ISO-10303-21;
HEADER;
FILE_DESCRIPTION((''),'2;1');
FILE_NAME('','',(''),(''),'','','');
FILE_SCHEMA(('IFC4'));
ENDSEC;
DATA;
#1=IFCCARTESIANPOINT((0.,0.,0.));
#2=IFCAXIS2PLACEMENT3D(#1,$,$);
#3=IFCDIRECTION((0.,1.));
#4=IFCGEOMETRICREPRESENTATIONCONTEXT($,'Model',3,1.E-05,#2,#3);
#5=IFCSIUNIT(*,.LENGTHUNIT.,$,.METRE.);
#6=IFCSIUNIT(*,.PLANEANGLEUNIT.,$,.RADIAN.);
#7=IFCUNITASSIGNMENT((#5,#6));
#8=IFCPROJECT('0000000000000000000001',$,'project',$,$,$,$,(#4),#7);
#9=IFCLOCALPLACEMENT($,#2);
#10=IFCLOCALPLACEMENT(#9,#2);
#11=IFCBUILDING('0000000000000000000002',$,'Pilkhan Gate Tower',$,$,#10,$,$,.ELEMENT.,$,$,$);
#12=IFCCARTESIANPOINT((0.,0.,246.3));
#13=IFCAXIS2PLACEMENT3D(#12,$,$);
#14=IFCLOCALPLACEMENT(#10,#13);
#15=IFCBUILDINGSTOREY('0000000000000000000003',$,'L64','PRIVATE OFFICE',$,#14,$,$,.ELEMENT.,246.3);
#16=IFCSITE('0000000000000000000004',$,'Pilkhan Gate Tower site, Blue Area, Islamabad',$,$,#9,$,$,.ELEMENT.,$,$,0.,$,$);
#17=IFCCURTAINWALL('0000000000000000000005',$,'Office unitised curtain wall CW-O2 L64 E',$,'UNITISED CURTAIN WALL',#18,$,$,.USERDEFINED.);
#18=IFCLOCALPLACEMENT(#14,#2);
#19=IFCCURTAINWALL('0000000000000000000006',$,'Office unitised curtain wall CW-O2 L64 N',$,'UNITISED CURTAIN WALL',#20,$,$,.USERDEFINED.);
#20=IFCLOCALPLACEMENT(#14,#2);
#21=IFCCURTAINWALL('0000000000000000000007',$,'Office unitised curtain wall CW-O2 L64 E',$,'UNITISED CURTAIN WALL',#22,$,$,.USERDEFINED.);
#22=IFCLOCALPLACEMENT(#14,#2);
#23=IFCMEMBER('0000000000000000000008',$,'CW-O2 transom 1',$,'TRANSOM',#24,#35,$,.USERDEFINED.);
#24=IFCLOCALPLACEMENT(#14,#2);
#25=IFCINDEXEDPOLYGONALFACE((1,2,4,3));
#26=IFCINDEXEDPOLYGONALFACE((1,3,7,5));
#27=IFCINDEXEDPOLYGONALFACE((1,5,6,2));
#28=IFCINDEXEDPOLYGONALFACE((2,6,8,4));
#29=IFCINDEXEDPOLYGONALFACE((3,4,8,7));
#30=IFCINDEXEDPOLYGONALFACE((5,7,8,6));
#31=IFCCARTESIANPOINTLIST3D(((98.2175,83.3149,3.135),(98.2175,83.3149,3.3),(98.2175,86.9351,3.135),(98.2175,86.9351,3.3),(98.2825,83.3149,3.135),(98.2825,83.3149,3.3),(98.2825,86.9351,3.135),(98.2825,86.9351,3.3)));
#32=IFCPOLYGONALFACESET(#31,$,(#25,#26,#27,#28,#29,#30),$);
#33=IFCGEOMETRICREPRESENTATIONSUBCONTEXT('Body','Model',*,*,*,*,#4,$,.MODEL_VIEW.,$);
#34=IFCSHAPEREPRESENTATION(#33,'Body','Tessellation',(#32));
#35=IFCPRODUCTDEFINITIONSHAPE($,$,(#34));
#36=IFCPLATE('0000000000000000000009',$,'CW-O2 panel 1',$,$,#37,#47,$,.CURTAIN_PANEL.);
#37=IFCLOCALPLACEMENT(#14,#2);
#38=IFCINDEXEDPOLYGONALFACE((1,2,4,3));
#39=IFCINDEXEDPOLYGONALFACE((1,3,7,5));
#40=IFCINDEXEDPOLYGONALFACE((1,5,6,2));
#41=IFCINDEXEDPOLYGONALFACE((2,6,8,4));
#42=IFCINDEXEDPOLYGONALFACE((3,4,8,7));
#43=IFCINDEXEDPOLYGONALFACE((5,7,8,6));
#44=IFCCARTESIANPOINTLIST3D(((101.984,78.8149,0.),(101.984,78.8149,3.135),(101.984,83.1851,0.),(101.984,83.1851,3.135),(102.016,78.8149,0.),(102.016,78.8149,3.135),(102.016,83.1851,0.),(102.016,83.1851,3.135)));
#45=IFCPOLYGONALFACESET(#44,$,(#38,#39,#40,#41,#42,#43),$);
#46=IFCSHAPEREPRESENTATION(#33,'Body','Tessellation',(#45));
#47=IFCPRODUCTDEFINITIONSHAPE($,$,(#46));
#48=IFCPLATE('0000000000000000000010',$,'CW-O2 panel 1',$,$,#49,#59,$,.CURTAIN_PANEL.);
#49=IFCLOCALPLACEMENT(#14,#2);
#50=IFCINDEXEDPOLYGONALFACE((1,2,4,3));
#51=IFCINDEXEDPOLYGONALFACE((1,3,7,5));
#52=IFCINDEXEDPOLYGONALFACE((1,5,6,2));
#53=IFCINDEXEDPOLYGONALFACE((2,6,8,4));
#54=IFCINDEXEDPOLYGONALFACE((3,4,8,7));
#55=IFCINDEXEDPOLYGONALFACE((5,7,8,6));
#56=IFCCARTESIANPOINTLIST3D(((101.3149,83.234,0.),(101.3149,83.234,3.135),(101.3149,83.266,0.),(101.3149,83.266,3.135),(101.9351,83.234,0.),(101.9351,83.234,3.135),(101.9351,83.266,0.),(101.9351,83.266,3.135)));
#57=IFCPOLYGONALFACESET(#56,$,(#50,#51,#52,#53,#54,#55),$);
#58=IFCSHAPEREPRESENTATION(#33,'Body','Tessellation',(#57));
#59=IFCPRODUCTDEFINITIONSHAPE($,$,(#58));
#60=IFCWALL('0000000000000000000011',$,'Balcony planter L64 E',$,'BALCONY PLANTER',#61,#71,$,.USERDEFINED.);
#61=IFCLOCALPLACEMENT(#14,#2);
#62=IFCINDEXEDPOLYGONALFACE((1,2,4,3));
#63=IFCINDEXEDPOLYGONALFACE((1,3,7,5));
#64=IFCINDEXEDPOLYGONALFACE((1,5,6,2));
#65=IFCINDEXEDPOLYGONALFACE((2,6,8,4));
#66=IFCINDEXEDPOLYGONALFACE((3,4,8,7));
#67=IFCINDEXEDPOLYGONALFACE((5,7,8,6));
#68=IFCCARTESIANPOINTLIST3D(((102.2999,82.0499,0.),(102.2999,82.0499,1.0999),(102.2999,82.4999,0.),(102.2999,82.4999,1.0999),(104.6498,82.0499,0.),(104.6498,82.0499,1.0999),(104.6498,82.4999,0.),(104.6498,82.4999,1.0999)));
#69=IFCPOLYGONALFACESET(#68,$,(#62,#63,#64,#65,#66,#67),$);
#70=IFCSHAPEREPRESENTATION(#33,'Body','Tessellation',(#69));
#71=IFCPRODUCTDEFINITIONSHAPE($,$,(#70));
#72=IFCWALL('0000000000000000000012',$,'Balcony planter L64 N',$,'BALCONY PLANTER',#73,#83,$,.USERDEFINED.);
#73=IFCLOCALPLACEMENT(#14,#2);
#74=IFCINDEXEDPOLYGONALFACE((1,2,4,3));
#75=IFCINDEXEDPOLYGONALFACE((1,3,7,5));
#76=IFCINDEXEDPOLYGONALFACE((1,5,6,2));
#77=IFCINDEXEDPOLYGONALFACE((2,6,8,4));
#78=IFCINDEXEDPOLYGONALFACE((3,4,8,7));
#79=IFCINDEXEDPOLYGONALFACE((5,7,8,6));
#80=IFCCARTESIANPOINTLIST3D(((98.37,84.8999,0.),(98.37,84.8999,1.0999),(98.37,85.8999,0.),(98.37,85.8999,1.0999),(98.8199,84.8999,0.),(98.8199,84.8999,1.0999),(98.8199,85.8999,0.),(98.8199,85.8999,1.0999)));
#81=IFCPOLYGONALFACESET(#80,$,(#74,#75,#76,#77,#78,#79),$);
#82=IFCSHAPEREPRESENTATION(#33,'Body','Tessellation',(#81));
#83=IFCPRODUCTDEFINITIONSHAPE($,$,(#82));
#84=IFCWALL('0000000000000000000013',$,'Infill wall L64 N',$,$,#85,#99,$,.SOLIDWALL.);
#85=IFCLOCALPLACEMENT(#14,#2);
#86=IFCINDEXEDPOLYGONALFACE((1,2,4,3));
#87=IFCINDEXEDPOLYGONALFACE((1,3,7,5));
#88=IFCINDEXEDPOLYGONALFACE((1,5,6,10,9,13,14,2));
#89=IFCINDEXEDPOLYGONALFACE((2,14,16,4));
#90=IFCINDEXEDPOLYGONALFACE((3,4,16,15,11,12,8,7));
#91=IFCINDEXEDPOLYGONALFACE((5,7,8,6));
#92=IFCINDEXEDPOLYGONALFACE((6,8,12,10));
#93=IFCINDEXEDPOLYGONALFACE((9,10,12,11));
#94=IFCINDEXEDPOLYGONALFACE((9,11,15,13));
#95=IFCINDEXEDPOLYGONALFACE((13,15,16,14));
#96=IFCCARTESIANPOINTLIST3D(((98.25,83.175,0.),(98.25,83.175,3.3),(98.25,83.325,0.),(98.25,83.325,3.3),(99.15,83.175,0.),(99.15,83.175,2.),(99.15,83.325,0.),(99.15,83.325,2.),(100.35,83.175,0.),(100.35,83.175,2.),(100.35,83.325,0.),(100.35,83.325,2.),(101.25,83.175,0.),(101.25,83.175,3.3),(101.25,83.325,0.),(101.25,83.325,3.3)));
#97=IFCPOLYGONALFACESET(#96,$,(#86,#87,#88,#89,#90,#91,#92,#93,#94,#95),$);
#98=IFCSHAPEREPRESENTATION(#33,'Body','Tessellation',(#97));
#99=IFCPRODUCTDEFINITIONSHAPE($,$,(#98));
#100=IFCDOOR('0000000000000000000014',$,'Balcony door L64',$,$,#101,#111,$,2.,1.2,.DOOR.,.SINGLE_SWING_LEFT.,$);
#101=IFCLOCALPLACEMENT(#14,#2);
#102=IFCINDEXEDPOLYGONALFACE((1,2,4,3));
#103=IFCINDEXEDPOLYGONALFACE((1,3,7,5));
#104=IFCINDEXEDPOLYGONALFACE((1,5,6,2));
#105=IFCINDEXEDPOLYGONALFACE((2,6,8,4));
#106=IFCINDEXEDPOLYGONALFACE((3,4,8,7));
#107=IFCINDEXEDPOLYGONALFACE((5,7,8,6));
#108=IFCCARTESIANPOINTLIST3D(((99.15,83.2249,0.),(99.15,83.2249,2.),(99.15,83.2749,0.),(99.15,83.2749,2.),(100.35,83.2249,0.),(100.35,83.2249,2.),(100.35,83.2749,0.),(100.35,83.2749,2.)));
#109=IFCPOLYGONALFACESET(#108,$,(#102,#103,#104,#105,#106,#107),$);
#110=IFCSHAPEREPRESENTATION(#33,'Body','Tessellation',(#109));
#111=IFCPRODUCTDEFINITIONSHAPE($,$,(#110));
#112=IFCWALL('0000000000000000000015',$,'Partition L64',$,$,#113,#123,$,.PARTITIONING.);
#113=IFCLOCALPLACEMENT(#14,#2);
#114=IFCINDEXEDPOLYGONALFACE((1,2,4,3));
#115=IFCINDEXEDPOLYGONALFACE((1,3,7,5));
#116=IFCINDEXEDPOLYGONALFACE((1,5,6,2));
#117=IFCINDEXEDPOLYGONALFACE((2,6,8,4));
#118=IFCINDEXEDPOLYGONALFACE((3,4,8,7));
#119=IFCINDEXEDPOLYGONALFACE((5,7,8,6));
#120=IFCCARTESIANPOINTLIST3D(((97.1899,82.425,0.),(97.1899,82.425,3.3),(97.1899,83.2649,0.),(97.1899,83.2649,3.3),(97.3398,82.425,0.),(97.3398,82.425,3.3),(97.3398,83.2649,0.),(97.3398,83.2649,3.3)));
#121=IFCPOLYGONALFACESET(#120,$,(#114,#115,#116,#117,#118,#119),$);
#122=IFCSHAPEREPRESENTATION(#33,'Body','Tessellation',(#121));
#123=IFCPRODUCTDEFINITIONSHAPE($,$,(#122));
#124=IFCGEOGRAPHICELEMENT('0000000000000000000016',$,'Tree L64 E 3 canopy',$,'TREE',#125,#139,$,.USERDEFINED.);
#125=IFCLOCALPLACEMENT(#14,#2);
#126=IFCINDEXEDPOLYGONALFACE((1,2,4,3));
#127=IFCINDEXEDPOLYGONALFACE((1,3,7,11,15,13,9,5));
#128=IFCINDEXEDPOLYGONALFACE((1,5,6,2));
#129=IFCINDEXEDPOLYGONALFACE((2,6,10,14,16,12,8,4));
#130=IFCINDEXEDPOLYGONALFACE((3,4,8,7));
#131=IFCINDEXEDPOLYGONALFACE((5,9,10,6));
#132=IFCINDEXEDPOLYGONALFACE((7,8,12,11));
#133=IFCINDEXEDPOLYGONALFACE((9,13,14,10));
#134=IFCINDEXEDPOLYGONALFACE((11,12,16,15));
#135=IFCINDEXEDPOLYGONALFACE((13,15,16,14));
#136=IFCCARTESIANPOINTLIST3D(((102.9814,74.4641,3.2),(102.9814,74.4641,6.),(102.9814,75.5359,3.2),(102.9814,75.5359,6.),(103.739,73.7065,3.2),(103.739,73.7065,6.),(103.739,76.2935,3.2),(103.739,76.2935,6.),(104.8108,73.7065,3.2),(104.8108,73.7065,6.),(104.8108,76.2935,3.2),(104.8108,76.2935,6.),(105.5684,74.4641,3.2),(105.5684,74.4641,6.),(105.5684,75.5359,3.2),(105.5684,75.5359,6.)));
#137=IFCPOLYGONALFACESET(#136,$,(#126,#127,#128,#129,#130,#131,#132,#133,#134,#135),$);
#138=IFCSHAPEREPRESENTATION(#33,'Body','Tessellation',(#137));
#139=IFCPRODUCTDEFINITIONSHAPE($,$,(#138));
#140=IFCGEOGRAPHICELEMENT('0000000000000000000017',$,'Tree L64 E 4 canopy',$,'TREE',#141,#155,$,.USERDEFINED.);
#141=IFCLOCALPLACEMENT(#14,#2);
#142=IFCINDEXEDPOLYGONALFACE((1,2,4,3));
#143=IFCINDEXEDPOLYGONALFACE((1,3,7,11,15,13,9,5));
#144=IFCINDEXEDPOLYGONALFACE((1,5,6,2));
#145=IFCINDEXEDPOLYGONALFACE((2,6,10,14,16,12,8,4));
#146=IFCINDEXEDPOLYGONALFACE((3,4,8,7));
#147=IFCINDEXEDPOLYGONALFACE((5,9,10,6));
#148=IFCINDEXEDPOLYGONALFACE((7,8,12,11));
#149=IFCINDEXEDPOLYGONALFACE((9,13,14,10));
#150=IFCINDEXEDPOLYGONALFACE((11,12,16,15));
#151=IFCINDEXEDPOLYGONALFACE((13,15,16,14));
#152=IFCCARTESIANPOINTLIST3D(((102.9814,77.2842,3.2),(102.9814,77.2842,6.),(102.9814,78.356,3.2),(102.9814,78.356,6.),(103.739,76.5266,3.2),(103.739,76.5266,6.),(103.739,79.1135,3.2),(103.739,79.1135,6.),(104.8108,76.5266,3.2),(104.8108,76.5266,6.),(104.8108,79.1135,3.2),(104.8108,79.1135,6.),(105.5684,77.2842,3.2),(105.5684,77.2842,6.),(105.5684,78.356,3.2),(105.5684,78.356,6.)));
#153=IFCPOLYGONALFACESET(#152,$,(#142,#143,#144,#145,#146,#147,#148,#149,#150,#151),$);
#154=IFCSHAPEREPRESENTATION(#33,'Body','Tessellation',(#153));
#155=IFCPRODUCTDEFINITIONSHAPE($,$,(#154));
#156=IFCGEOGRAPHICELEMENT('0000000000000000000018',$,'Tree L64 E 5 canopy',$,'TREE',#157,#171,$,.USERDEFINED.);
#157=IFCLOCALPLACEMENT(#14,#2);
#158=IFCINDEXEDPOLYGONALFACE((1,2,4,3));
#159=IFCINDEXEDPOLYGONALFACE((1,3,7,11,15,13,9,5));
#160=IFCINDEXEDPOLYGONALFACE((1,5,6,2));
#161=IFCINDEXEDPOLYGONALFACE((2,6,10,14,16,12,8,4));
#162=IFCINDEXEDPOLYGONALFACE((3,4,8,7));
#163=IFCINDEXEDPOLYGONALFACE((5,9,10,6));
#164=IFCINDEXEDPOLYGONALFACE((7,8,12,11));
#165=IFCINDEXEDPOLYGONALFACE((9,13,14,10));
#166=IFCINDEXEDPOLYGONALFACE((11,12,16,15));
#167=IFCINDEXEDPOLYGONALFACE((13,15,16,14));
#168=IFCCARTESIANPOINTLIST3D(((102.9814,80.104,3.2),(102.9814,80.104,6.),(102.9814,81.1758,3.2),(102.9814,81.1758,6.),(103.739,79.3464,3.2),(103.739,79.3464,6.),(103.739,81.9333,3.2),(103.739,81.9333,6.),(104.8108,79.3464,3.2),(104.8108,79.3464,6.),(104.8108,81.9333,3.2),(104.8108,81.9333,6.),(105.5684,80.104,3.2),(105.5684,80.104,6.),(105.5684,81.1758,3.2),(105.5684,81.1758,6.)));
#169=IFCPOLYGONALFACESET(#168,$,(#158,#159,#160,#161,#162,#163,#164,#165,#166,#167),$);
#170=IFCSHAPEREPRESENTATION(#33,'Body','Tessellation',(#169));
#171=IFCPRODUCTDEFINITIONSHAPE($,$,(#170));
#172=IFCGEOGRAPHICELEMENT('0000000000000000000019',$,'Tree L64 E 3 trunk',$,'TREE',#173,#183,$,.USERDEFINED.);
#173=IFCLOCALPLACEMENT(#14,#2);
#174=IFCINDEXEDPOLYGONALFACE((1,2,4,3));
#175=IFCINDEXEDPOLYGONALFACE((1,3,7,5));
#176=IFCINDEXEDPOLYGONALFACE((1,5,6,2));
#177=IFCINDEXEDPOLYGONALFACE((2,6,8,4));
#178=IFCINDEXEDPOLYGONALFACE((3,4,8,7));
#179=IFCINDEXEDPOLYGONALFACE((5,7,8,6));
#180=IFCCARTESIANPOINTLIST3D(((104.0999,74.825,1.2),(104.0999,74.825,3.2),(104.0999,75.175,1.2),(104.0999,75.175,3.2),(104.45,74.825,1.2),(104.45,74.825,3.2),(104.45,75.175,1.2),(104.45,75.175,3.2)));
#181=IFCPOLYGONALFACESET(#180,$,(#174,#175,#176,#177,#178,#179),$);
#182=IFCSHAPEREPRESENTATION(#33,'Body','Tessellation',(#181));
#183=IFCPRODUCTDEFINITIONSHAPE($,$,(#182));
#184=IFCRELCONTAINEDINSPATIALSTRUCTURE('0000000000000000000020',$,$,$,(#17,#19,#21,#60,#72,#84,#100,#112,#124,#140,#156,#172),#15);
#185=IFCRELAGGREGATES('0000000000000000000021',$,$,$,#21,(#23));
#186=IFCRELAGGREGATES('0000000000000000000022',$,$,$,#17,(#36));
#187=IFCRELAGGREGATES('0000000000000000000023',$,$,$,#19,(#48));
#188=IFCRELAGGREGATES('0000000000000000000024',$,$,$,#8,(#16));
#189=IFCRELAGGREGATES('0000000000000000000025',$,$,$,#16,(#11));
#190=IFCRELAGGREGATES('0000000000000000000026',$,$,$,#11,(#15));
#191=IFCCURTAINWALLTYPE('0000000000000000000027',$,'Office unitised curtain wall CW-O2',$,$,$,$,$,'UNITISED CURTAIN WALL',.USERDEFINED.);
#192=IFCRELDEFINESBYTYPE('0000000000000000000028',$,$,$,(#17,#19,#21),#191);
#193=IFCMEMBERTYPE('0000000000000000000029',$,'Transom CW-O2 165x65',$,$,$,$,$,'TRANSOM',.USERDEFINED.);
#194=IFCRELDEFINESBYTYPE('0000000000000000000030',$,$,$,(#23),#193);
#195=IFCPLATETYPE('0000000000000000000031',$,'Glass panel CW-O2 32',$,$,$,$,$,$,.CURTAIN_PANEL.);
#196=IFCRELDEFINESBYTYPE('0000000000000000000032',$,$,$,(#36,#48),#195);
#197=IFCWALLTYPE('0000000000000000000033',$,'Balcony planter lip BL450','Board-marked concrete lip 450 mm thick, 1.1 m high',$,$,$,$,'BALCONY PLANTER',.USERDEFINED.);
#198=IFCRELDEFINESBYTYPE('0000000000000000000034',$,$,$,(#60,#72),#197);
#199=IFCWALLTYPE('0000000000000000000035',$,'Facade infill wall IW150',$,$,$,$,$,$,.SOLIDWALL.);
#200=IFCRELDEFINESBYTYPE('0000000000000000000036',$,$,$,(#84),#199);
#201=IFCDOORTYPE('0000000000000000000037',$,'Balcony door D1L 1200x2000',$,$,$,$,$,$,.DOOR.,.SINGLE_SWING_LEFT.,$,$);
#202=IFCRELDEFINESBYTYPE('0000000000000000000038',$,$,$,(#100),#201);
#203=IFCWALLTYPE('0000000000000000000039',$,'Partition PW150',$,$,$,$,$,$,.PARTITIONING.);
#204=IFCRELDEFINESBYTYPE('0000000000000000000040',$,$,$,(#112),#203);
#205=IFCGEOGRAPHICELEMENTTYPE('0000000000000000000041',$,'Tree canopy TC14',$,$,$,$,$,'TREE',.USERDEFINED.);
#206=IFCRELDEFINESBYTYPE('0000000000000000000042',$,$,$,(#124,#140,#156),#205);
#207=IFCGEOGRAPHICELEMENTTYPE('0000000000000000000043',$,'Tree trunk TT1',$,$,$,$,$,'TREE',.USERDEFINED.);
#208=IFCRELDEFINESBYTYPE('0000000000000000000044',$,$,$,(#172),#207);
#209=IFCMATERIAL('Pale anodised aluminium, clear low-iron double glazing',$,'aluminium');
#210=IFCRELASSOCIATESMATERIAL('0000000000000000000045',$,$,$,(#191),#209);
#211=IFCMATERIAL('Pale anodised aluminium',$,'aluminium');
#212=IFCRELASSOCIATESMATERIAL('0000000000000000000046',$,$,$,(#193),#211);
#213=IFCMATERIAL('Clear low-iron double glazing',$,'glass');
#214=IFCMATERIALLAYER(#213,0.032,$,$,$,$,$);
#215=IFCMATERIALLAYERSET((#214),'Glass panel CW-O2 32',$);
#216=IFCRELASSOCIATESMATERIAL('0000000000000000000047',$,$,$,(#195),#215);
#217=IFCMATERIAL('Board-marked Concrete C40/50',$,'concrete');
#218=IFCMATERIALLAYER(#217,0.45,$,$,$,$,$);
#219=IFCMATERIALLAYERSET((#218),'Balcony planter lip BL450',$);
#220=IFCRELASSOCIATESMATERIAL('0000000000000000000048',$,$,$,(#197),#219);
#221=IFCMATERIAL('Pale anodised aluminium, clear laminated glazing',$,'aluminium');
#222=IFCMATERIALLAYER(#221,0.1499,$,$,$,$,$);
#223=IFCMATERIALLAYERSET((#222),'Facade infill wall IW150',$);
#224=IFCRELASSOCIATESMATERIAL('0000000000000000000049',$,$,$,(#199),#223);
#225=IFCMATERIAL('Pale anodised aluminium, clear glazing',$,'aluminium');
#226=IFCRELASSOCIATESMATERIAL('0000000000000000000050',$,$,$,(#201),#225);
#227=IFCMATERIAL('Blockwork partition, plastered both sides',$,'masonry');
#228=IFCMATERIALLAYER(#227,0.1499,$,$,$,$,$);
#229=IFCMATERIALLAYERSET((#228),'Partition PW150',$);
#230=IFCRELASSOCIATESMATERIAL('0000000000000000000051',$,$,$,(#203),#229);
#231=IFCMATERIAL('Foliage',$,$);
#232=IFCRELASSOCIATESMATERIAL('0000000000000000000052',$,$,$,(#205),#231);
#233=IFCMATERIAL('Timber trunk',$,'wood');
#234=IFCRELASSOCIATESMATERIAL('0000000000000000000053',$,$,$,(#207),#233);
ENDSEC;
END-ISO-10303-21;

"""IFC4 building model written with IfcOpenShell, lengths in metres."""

from ifc_helpers import new_model, si_unit, direction, frame, frame_2d, origin, origin_2d, place, context, subcontext, project, spatial, polyline, rectangle, outline, extrude, material, layer, layer_set, material_profile, profile_set, type_object, element, fill, aggregate, save


model = new_model("IFC4")

# Units and contexts
model_context = context("Model", 3, precision=1e-05, world=origin(), true_north=direction((0.0, 1.0)))
body_context = subcontext(model_context, "Body", "Model", "MODEL_VIEW")
ifc_project = project(units=[si_unit("LENGTHUNIT", "METRE"), si_unit("PLANEANGLEUNIT", "RADIAN")], contexts=[model_context])

# Site, building, storey
site_placement = place(None, origin())
site = spatial("IfcSite", under=ifc_project, at=site_placement, Name="Pilkhan Gate Tower site, Blue Area, Islamabad", CompositionType="ELEMENT", RefElevation=0.0)
building_placement = place(site_placement, origin())
building = spatial("IfcBuilding", under=site, at=building_placement, Name="Pilkhan Gate Tower", CompositionType="ELEMENT")
storey_placement = place(building_placement, frame((0.0, 0.0, 246.3)))
storey = spatial("IfcBuildingStorey", under=building, at=storey_placement, Name="L64", Description="PRIVATE OFFICE", CompositionType="ELEMENT", Elevation=246.3)

# Curtain walls
ifc_material_1 = material(Name="Pale anodised aluminium, clear low-iron double glazing", Category="aluminium")
curtain_wall_type = type_object("IfcCurtainWallType", Name="Office unitised curtain wall CW-O2", ElementType="UNITISED CURTAIN WALL", PredefinedType="USERDEFINED", material=ifc_material_1)
curtain_wall_1_placement = place(storey_placement, origin())
curtain_wall_1 = element("IfcCurtainWall", 1, at=curtain_wall_1_placement, inside=storey, type_object=curtain_wall_type, Name="Office unitised curtain wall CW-O2 L64 E", ObjectType="UNITISED CURTAIN WALL", PredefinedType="USERDEFINED")
ifc_material_2 = material(Name="Pale anodised aluminium", Category="aluminium")
curtain_wall_2_placement = place(storey_placement, origin())
curtain_wall_2 = element("IfcCurtainWall", 2, at=curtain_wall_2_placement, inside=storey, type_object=curtain_wall_type, Name="Office unitised curtain wall CW-O2 L64 N", ObjectType="UNITISED CURTAIN WALL", PredefinedType="USERDEFINED")

# Curtain wall
curtain_wall_3_placement = place(storey_placement, origin())
curtain_wall_3 = element("IfcCurtainWall", 3, at=curtain_wall_3_placement, inside=storey, type_object=curtain_wall_type, Name="Office unitised curtain wall CW-O2 L64 E", ObjectType="UNITISED CURTAIN WALL", PredefinedType="USERDEFINED")

# Member
ifc_material_profile_1 = material_profile(ifc_material_2, rectangle(XDim=0.0649, YDim=0.165, at=origin_2d()), Name="Transom 165x65")
ifc_profile_set_1 = profile_set([ifc_material_profile_1], Name="Pale anodised aluminium")
member_type_1 = type_object("IfcMemberType", Name="Transom CW-O2 165x65", ElementType="TRANSOM", PredefinedType="USERDEFINED", material=ifc_profile_set_1)
member_1_placement = place(storey_placement, frame((98.25, 83.3149, 3.2175), z_axis=(0.0, 1.0, 0.0), x_axis=(-1.0, 0.0, 0.0)))
member_1 = element("IfcMember", 4, at=member_1_placement, type_object=member_type_1, Name="CW-O2 transom 1", ObjectType="TRANSOM", PredefinedType="USERDEFINED", context=body_context, shape_type="SweptSolid", body=[
    extrude(rectangle(XDim=0.0649, YDim=0.165, at=origin_2d()), origin(), (0.0, 0.0, 1.0), 3.6201),
])
aggregate(curtain_wall_3, [member_1])

# Plates
ifc_material_3 = material(Name="Clear low-iron double glazing", Category="glass")
ifc_layer_1 = layer(ifc_material_3, 0.032)
ifc_layer_set_1 = layer_set([ifc_layer_1], Name="Glass panel CW-O2 32")
plate_type = type_object("IfcPlateType", Name="Glass panel CW-O2 32", PredefinedType="CURTAIN_PANEL", material=ifc_layer_set_1)
plate_1_placement = place(storey_placement, frame((102.0, 81.0, 0.0), z_axis=(0.0, 0.0, 1.0), x_axis=(0.0, 1.0, 0.0)))
plate_1 = element("IfcPlate", 5, at=plate_1_placement, type_object=plate_type, Name="CW-O2 panel 1", PredefinedType="CURTAIN_PANEL", context=body_context, shape_type="SweptSolid", body=[
    extrude(rectangle(XDim=4.3701, YDim=0.032, at=origin_2d()), origin(), (0.0, 0.0, 1.0), 3.135),
])
aggregate(curtain_wall_1, [plate_1])
plate_2_placement = place(storey_placement, frame((101.625, 83.25, 0.0), z_axis=(0.0, 0.0, 1.0), x_axis=(1.0, 0.0, 0.0)))
plate_2 = element("IfcPlate", 6, at=plate_2_placement, type_object=plate_type, Name="CW-O2 panel 1", PredefinedType="CURTAIN_PANEL", context=body_context, shape_type="SweptSolid", body=[
    extrude(rectangle(XDim=0.6201, YDim=0.032, at=origin_2d()), origin(), (0.0, 0.0, 1.0), 3.135),
])
aggregate(curtain_wall_2, [plate_2])

# Walls
ifc_material_4 = material(Name="Board-marked Concrete C40/50", Category="concrete")
ifc_layer_2 = layer(ifc_material_4, 0.45)
ifc_layer_set_2 = layer_set([ifc_layer_2], Name="Balcony planter lip BL450")
wall_type_1 = type_object("IfcWallType", Name="Balcony planter lip BL450", Description="Board-marked concrete lip 450 mm thick, 1.1 m high", ElementType="BALCONY PLANTER", PredefinedType="USERDEFINED", material=ifc_layer_set_2)
wall_1_placement = place(storey_placement, frame((102.3, 82.2749, 0.0), z_axis=(0.0, 0.0, 1.0), x_axis=(1.0, 0.0, 0.0)))
element("IfcWall", 7, at=wall_1_placement, inside=storey, type_object=wall_type_1, Name="Balcony planter L64 E", ObjectType="BALCONY PLANTER", PredefinedType="USERDEFINED", context=body_context, shape_type="SweptSolid", body=[
    extrude(rectangle(XDim=2.3499, YDim=0.45, at=frame_2d((1.1748, 0.0))), origin(), (0.0, 0.0, 1.0), 1.0999),
])
wall_2_placement = place(storey_placement, frame((98.595, 84.8999, 0.0), z_axis=(0.0, 0.0, 1.0), x_axis=(0.0, 1.0, 0.0)))
element("IfcWall", 8, at=wall_2_placement, inside=storey, type_object=wall_type_1, Name="Balcony planter L64 N", ObjectType="BALCONY PLANTER", PredefinedType="USERDEFINED", context=body_context, shape_type="SweptSolid", body=[
    extrude(rectangle(XDim=1.0, YDim=0.45, at=frame_2d((0.5, 0.0))), origin(), (0.0, 0.0, 1.0), 1.0999),
])

# Wall, opening, door
ifc_material_5 = material(Name="Pale anodised aluminium, clear laminated glazing", Category="aluminium")
ifc_layer_3 = layer(ifc_material_5, 0.1499)
ifc_layer_set_3 = layer_set([ifc_layer_3], Name="Facade infill wall IW150")
wall_type_2 = type_object("IfcWallType", Name="Facade infill wall IW150", PredefinedType="SOLIDWALL", material=ifc_layer_set_3)
ifc_material_6 = material(Name="Pale anodised aluminium, clear glazing", Category="aluminium")
wall_3_placement = place(storey_placement, frame((98.25, 83.25, 0.0), z_axis=(0.0, 0.0, 1.0), x_axis=(1.0, 0.0, 0.0)))
wall_3 = element("IfcWall", 9, at=wall_3_placement, inside=storey, type_object=wall_type_2, Name="Infill wall L64 N", PredefinedType="SOLIDWALL", context=body_context, shape_type="SweptSolid", body=[
    extrude(rectangle(XDim=3.0, YDim=0.1499, at=frame_2d((1.5, 0.0))), origin(), (0.0, 0.0, 1.0), 3.3),
])
opening_1_placement = place(wall_3_placement, frame((0.8999, 0.0, 0.0)))
opening_1 = element("IfcOpeningElement", 10, at=opening_1_placement, cuts=wall_3, PredefinedType="OPENING", context=body_context, shape_type="SweptSolid", body=[
    extrude(rectangle(XDim=1.2, YDim=2.0, at=frame_2d((0.6001, 1.0))), frame((0.0, 0.085, 0.0), z_axis=(0.0, -1.0, 0.0), x_axis=(1.0, 0.0, 0.0)), (0.0, 0.0, 1.0), 0.1699),
])
door_type_1 = type_object("IfcDoorType", Name="Balcony door D1L 1200x2000", OperationType="SINGLE_SWING_LEFT", PredefinedType="DOOR", material=ifc_material_6)
door_1_placement = place(opening_1_placement, origin())
door_1 = element("IfcDoor", 11, at=door_1_placement, inside=storey, type_object=door_type_1, Name="Balcony door L64", OperationType="SINGLE_SWING_LEFT", OverallHeight=2.0, OverallWidth=1.2, PredefinedType="DOOR", context=body_context, shape_type="SweptSolid", body=[
    extrude(rectangle(XDim=1.2, YDim=2.0, at=frame_2d((0.6001, 1.0))), frame((0.0, 0.0249, 0.0), z_axis=(0.0, -1.0, 0.0), x_axis=(1.0, 0.0, 0.0)), (0.0, 0.0, 1.0), 0.05),
])
fill(opening_1, door_1)

# Wall
ifc_material_7 = material(Name="Blockwork partition, plastered both sides", Category="masonry")
ifc_layer_4 = layer(ifc_material_7, 0.1499)
ifc_layer_set_4 = layer_set([ifc_layer_4], Name="Partition PW150")
wall_type_3 = type_object("IfcWallType", Name="Partition PW150", PredefinedType="PARTITIONING", material=ifc_layer_set_4)
wall_4_placement = place(storey_placement, frame((97.2649, 82.425, 0.0), z_axis=(0.0, 0.0, 1.0), x_axis=(0.0, 1.0, 0.0)))
element("IfcWall", 12, at=wall_4_placement, inside=storey, type_object=wall_type_3, Name="Partition L64", PredefinedType="PARTITIONING", context=body_context, shape_type="SweptSolid", body=[
    extrude(rectangle(XDim=0.8398, YDim=0.1499, at=frame_2d((0.4199, 0.0))), origin(), (0.0, 0.0, 1.0), 3.3),
])

# Geographic elements
ifc_material_8 = material(Name="Foliage")
ifc_material_profile_2 = material_profile(ifc_material_8, outline(polyline([(1.2935, 0.5359), (0.5359, 1.2935), (-0.5359, 1.2935), (-1.2935, 0.5359), (-1.2935, -0.5359), (-0.5359, -1.2935), (0.5359, -1.2935), (1.2935, -0.5359), (1.2935, 0.5359)])), Name="Canopy D2.8")
ifc_profile_set_2 = profile_set([ifc_material_profile_2], Name="Foliage")
geographic_element_type_1 = type_object("IfcGeographicElementType", Name="Tree canopy TC14", ElementType="TREE", PredefinedType="USERDEFINED", material=ifc_profile_set_2)
for number, where, z_axis, x_axis, name in (
    (13, (104.2749, 75.0, 3.2), (0.0, 0.0, 1.0), (1.0, 0.0, 0.0), "Tree L64 E 3 canopy"),
    (14, (104.2749, 77.8201, 3.2), (0.0, 0.0, 1.0), (1.0, 0.0, 0.0), "Tree L64 E 4 canopy"),
    (15, (104.2749, 80.6399, 3.2), (0.0, 0.0, 1.0), (1.0, 0.0, 0.0), "Tree L64 E 5 canopy"),
):
    element("IfcGeographicElement", number, at=place(storey_placement, frame(where, z_axis=z_axis, x_axis=x_axis)), inside=storey, type_object=geographic_element_type_1, Name=name, ObjectType="TREE", PredefinedType="USERDEFINED", context=body_context, shape_type="SweptSolid", body=[
        extrude(outline(polyline([(1.2935, 0.5359), (0.5359, 1.2935), (-0.5359, 1.2935), (-1.2935, 0.5359), (-1.2935, -0.5359), (-0.5359, -1.2935), (0.5359, -1.2935), (1.2935, -0.5359), (1.2935, 0.5359)])), origin(), (0.0, 0.0, 1.0), 2.8),
    ])
ifc_material_9 = material(Name="Timber trunk", Category="wood")
geographic_element_type_2 = type_object("IfcGeographicElementType", Name="Tree trunk TT1", ElementType="TREE", PredefinedType="USERDEFINED", material=ifc_material_9)
for number, where, z_axis, x_axis, name in (
    (16, (104.2749, 75.0, 1.2), (0.0, 0.0, 1.0), (1.0, 0.0, 0.0), "Tree L64 E 3 trunk"),
):
    element("IfcGeographicElement", number, at=place(storey_placement, frame(where, z_axis=z_axis, x_axis=x_axis)), inside=storey, type_object=geographic_element_type_2, Name=name, ObjectType="TREE", PredefinedType="USERDEFINED", context=body_context, shape_type="SweptSolid", body=[
        extrude(rectangle(XDim=0.3501, YDim=0.3501, at=origin_2d()), origin(), (0.0, 0.0, 1.0), 2.0),
    ])

save(model, "model.ifc")
